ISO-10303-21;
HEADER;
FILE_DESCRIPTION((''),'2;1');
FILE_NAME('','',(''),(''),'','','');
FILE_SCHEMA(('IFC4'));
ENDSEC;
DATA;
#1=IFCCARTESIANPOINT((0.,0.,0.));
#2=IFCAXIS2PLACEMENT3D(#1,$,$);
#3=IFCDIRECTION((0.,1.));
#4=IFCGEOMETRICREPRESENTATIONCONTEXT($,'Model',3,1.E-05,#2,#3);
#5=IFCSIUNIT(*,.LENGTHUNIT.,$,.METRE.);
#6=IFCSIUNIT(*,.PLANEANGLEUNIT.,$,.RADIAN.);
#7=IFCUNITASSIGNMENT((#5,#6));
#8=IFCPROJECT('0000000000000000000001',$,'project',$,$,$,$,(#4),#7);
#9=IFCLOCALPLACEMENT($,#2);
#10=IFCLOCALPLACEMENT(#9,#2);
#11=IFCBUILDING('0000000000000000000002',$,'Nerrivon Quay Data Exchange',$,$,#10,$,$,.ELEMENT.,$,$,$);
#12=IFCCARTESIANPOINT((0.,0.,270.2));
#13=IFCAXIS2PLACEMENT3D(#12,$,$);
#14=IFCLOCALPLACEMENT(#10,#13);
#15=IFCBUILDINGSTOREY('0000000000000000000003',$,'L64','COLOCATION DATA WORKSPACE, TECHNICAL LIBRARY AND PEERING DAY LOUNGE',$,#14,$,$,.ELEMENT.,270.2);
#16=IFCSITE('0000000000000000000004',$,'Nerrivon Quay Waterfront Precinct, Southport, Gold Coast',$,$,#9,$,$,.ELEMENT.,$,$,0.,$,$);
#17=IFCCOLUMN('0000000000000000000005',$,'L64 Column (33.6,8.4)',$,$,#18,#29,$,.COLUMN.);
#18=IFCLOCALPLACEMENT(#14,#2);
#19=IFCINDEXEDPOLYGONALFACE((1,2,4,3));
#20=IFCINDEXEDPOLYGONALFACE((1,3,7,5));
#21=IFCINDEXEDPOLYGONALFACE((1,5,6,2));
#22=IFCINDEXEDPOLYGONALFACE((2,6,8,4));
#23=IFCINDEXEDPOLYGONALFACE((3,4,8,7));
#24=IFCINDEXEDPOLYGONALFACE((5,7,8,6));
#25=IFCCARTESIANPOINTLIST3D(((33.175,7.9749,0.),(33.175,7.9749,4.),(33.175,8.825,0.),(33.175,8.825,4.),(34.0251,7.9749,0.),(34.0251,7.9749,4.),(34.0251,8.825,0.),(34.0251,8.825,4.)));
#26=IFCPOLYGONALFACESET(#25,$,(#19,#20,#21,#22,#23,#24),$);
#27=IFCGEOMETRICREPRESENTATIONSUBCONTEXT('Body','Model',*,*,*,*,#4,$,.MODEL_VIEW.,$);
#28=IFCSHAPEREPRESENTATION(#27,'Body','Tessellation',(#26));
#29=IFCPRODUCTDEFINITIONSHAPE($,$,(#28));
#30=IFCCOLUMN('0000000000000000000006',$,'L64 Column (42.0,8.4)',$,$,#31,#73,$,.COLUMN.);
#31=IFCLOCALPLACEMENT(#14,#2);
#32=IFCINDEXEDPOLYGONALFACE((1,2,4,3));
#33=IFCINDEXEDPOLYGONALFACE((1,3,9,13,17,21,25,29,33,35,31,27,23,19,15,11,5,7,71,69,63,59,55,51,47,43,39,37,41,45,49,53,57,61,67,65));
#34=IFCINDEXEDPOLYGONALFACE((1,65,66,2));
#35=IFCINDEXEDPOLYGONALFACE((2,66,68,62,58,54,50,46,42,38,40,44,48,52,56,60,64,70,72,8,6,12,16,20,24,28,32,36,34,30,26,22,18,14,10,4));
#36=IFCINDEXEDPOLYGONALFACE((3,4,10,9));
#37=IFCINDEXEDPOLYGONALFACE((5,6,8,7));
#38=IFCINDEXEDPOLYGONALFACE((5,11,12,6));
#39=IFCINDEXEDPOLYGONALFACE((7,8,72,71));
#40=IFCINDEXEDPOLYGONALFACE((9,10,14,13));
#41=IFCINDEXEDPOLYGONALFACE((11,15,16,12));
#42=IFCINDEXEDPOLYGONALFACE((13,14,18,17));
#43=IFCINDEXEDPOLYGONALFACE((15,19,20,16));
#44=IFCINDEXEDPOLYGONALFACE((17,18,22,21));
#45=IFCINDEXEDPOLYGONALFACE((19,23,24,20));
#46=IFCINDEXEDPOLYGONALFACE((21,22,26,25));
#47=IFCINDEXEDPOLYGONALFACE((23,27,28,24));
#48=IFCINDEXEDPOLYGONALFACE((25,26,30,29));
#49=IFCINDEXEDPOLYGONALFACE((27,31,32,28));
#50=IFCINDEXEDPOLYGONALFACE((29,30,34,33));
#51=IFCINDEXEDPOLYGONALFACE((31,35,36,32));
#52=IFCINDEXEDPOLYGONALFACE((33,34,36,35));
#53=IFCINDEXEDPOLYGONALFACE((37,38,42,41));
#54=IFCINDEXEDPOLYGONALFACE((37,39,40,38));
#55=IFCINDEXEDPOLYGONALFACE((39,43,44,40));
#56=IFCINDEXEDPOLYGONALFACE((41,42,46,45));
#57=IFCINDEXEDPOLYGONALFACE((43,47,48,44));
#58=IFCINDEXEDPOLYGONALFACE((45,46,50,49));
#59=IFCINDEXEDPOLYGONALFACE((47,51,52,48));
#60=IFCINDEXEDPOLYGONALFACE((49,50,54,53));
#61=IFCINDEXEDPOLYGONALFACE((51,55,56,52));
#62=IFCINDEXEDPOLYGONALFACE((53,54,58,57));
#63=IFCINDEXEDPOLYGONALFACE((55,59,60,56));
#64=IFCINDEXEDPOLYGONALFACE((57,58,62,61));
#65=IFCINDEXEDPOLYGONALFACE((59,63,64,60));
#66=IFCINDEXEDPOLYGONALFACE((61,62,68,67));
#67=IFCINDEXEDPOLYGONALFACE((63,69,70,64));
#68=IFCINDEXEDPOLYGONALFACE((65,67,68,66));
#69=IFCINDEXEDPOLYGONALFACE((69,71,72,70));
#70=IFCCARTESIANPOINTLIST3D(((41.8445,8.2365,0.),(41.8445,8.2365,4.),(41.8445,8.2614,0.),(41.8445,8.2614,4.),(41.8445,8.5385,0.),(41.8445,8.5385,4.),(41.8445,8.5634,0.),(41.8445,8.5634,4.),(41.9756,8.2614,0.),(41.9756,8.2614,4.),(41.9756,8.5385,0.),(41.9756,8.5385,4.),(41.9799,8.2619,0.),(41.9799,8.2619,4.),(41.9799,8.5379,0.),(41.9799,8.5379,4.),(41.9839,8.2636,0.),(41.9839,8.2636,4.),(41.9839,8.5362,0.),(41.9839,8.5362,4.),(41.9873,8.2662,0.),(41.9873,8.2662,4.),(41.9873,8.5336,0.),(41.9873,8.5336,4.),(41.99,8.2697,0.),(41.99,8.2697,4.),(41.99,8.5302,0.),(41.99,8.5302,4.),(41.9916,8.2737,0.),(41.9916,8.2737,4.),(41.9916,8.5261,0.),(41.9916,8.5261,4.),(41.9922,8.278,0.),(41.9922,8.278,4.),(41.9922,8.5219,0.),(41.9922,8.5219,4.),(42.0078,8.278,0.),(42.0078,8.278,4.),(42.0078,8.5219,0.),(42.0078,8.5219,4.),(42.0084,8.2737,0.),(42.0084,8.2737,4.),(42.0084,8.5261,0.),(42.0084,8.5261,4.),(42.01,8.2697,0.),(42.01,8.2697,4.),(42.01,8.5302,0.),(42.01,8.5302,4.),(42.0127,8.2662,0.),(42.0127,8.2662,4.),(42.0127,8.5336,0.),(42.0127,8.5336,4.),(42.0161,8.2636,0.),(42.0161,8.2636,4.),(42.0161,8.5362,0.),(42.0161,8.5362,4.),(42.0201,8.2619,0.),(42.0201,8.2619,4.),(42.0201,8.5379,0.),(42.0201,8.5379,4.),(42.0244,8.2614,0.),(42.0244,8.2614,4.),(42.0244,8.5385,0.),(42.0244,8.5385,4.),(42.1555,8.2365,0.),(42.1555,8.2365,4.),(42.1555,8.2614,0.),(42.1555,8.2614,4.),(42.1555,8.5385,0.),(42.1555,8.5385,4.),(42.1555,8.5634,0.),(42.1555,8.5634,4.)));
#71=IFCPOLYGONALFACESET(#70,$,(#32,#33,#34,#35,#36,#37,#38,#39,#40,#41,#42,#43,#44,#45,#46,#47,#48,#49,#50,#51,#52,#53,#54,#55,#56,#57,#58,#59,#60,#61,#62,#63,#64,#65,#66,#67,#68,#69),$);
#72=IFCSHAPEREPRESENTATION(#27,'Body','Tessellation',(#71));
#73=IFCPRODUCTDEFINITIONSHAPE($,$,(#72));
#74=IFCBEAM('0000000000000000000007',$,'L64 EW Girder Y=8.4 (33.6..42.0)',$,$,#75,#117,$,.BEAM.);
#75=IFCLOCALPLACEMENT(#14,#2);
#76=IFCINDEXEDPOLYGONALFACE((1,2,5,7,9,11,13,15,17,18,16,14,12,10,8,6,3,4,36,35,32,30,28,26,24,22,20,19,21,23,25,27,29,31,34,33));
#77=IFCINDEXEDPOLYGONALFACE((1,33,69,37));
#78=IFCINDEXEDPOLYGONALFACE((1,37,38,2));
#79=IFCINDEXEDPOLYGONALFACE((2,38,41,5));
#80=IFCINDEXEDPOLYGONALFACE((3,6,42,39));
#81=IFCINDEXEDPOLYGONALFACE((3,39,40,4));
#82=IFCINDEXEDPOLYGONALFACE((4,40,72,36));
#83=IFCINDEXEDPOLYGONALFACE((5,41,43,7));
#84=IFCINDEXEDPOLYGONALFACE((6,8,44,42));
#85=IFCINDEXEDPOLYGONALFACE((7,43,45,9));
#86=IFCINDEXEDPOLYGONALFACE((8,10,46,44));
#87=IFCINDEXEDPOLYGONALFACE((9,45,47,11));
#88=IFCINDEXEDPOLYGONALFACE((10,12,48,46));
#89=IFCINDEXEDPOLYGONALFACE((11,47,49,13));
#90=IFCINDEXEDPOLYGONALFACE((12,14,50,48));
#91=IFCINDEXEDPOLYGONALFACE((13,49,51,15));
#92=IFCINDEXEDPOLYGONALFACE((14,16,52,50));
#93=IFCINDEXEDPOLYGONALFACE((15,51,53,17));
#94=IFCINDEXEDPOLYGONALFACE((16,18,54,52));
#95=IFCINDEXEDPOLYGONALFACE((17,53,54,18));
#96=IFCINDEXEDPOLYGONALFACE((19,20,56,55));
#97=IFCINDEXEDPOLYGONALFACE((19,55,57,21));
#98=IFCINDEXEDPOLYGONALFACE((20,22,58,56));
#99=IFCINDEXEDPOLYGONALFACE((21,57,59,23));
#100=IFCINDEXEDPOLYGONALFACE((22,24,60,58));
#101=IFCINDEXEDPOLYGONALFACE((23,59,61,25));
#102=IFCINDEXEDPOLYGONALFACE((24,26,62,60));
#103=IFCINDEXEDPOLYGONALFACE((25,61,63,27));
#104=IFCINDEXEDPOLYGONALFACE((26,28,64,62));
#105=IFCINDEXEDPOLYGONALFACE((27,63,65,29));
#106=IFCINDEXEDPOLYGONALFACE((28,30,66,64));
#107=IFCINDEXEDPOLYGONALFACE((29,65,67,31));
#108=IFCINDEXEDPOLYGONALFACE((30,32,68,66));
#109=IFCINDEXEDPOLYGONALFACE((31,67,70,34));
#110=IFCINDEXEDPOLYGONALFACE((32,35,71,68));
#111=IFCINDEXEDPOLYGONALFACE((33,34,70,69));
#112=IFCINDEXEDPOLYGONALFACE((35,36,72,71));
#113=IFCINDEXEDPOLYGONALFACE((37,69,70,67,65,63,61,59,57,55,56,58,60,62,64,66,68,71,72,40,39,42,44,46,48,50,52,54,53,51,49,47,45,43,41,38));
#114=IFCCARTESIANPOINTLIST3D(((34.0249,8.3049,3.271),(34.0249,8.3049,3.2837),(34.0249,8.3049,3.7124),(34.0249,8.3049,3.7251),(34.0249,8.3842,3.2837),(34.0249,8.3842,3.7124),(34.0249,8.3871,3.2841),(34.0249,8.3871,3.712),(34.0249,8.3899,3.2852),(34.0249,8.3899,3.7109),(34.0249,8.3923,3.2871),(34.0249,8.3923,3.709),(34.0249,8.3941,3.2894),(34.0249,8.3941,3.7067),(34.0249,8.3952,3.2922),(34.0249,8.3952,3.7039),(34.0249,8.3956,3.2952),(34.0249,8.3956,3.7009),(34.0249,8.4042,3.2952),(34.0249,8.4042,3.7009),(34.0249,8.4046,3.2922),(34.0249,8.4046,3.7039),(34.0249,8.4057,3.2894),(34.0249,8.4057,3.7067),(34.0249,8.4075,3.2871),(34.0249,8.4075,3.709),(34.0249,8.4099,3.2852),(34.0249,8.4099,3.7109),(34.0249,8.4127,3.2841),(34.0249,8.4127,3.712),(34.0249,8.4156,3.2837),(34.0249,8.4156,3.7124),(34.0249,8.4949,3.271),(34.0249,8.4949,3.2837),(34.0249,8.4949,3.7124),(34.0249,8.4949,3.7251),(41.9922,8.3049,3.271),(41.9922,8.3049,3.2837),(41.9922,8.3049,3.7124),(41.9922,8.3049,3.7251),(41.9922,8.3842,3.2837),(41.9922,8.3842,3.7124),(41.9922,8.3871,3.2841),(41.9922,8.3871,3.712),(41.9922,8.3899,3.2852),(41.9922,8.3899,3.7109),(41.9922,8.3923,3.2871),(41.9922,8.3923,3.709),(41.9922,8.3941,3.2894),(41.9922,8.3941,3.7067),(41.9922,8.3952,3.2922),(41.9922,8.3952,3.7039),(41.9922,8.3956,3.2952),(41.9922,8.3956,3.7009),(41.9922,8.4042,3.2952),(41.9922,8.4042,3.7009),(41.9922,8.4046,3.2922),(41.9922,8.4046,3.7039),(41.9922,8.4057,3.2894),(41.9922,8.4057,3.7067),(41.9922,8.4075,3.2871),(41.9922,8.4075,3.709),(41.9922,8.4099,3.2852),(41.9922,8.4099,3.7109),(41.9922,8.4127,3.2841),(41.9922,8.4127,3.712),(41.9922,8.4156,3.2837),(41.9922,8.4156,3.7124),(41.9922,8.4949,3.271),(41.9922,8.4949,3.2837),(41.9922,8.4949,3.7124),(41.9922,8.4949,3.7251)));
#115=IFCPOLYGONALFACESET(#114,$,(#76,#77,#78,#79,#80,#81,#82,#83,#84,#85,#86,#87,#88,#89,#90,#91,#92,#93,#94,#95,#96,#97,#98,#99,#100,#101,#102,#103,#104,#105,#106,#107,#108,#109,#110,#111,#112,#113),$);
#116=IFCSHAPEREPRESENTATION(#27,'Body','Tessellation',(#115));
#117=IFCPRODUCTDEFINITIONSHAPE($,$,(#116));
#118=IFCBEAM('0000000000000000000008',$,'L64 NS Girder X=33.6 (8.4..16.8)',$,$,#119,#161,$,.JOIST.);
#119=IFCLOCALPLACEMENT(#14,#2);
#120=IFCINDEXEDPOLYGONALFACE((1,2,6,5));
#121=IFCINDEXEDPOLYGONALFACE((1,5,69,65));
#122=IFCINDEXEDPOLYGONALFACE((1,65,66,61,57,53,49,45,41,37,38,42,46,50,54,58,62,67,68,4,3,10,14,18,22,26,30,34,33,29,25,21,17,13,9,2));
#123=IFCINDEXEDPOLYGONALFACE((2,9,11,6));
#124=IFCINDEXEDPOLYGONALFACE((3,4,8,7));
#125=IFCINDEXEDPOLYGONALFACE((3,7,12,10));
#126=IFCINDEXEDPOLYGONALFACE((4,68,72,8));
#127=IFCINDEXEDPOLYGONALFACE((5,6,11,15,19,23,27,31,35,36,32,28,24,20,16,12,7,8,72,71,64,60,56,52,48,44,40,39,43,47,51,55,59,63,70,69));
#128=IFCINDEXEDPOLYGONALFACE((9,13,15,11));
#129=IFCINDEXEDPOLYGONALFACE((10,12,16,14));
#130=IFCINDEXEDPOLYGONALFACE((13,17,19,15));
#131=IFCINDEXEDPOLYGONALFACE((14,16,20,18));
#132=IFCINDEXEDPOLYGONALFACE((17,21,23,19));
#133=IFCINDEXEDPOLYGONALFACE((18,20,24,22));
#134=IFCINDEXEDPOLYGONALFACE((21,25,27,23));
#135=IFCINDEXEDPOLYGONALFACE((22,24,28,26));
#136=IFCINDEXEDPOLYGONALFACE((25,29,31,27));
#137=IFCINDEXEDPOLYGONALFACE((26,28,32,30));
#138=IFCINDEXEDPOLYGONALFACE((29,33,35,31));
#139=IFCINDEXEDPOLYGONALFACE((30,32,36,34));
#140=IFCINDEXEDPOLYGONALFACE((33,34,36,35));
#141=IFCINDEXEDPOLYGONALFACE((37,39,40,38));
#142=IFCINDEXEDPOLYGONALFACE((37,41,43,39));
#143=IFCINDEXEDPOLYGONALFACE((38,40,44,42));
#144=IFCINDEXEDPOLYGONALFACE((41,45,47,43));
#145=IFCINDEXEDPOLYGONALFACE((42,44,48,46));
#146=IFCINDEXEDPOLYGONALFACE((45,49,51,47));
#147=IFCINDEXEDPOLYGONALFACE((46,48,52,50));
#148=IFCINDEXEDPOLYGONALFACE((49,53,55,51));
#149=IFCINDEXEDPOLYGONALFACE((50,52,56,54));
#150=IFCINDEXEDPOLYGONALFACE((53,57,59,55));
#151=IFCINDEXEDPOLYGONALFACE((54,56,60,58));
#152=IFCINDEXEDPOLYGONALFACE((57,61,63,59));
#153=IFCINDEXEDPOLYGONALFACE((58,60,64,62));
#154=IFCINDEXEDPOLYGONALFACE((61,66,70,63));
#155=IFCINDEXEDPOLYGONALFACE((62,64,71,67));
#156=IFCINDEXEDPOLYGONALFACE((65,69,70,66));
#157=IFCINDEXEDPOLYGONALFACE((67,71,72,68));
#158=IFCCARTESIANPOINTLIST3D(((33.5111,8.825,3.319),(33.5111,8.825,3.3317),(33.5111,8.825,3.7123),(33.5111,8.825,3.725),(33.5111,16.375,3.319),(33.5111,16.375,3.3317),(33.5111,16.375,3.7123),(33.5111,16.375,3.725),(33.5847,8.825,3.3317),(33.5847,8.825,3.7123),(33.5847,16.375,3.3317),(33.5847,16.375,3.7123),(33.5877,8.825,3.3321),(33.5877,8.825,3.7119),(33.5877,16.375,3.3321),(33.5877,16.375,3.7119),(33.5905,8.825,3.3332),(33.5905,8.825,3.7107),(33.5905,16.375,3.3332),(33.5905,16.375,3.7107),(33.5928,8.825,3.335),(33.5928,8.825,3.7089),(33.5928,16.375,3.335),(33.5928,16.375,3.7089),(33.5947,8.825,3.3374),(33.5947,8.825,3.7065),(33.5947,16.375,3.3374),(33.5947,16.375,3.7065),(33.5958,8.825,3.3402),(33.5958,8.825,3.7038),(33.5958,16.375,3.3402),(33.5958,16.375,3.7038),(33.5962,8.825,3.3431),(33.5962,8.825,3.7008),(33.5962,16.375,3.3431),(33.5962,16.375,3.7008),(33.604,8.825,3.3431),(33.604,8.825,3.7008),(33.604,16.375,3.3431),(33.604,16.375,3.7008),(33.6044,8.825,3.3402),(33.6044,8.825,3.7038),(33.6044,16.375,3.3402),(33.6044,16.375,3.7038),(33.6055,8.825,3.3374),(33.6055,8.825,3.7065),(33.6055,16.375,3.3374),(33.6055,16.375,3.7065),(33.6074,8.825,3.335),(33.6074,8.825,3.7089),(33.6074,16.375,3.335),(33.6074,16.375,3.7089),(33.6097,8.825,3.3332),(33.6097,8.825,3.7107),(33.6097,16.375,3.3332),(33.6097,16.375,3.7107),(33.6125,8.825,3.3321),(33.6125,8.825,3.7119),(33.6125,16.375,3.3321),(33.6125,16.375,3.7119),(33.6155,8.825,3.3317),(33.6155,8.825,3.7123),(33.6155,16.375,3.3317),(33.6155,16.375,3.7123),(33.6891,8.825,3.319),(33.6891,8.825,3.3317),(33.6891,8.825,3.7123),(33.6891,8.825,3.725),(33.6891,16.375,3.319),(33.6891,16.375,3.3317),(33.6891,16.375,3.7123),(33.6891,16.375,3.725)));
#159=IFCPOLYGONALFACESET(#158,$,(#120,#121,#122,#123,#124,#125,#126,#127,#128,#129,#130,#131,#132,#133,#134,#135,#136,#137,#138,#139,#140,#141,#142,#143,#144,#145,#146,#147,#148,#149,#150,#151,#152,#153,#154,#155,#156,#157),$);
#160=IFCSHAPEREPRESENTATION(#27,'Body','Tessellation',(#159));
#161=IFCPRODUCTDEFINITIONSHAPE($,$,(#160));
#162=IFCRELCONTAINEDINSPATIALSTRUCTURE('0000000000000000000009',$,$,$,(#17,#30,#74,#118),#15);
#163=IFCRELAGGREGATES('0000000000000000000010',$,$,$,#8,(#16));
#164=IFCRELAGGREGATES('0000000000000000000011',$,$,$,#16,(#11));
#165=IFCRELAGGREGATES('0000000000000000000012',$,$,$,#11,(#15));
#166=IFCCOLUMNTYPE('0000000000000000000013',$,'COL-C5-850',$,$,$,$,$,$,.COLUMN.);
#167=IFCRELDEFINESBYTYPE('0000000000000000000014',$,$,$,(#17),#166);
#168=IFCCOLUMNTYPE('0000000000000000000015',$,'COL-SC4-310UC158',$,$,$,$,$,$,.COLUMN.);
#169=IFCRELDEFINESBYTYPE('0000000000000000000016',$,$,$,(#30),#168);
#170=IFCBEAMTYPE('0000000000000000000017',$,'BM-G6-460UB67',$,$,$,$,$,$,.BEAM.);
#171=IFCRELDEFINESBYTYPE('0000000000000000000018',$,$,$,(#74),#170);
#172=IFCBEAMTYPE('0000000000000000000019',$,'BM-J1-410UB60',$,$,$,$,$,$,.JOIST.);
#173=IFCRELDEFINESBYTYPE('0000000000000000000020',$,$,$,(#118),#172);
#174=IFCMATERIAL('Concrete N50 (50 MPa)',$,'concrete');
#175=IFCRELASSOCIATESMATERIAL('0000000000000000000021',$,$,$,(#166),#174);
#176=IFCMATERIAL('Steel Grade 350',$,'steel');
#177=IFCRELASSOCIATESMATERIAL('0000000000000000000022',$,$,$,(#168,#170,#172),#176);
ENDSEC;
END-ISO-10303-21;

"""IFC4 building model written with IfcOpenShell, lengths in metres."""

from ifc_helpers import new_model, si_unit, direction, frame, origin, origin_2d, place, context, subcontext, project, spatial, rectangle, i_section, extrude, material, material_profile, profile_set, type_object, element, save


model = new_model("IFC4")

# Units and contexts
model_context = context("Model", 3, precision=1e-05, world=origin(), true_north=direction((0.0, 1.0)))
body_context = subcontext(model_context, "Body", "Model", "MODEL_VIEW")
ifc_project = project(units=[si_unit("LENGTHUNIT", "METRE"), si_unit("PLANEANGLEUNIT", "RADIAN")], contexts=[model_context])

# Site, building, storey
site_placement = place(None, origin())
site = spatial("IfcSite", under=ifc_project, at=site_placement, Name="Nerrivon Quay Waterfront Precinct, Southport, Gold Coast", CompositionType="ELEMENT", RefElevation=0.0)
building_placement = place(site_placement, origin())
building = spatial("IfcBuilding", under=site, at=building_placement, Name="Nerrivon Quay Data Exchange", CompositionType="ELEMENT")
storey_placement = place(building_placement, frame((0.0, 0.0, 270.2)))
storey = spatial("IfcBuildingStorey", under=building, at=storey_placement, Name="L64", Description="COLOCATION DATA WORKSPACE, TECHNICAL LIBRARY AND PEERING DAY LOUNGE", CompositionType="ELEMENT", Elevation=270.2)

# Columns
ifc_material_1 = material(Name="Concrete N50 (50 MPa)", Category="concrete")
ifc_material_profile_1 = material_profile(ifc_material_1, rectangle(XDim=0.8501, YDim=0.8501, at=origin_2d()), Name="RC-COL-850x850")
ifc_profile_set_1 = profile_set([ifc_material_profile_1], Name="Concrete N50 (50 MPa)")
column_type_1 = type_object("IfcColumnType", Name="COL-C5-850", PredefinedType="COLUMN", material=ifc_profile_set_1)
column_1_placement = place(storey_placement, frame((33.6001, 8.3999, 0.0), z_axis=(0.0, 0.0, 1.0), x_axis=(1.0, 0.0, 0.0)))
element("IfcColumn", 1, at=column_1_placement, inside=storey, type_object=column_type_1, Name="L64 Column (33.6,8.4)", PredefinedType="COLUMN", context=body_context, shape_type="SweptSolid", body=[
    extrude(rectangle(XDim=0.8501, YDim=0.8501, at=origin_2d()), origin(), (0.0, 0.0, 1.0), 4.0),
])
ifc_material_2 = material(Name="Steel Grade 350", Category="steel")
ifc_material_profile_2 = material_profile(ifc_material_2, i_section(OverallWidth=0.311, OverallDepth=0.3269, WebThickness=0.0156, FlangeThickness=0.0249, FilletRadius=0.0166, at=origin_2d()), Name="310UC158")
ifc_profile_set_2 = profile_set([ifc_material_profile_2], Name="Steel Grade 350")
column_type_2 = type_object("IfcColumnType", Name="COL-SC4-310UC158", PredefinedType="COLUMN", material=ifc_profile_set_2)
column_2_placement = place(storey_placement, frame((42.0, 8.3999, 0.0), z_axis=(0.0, 0.0, 1.0), x_axis=(1.0, 0.0, 0.0)))
element("IfcColumn", 2, at=column_2_placement, inside=storey, type_object=column_type_2, Name="L64 Column (42.0,8.4)", PredefinedType="COLUMN", context=body_context, shape_type="SweptSolid", body=[
    extrude(i_section(OverallWidth=0.311, OverallDepth=0.3269, WebThickness=0.0156, FlangeThickness=0.0249, FilletRadius=0.0166, at=origin_2d()), origin(), (0.0, 0.0, 1.0), 4.0),
])

# Beams
ifc_material_profile_3 = material_profile(ifc_material_2, i_section(OverallWidth=0.1899, OverallDepth=0.4541, WebThickness=0.0085, FlangeThickness=0.0127, FilletRadius=0.0115, at=origin_2d()), Name="460UB67.1")
ifc_profile_set_3 = profile_set([ifc_material_profile_3], Name="Steel Grade 350")
beam_type_1 = type_object("IfcBeamType", Name="BM-G6-460UB67", PredefinedType="BEAM", material=ifc_profile_set_3)
beam_1_placement = place(storey_placement, frame((34.0249, 8.3999, 3.498), z_axis=(1.0, 0.0, 0.0), x_axis=(0.0, 1.0, 0.0)))
element("IfcBeam", 3, at=beam_1_placement, inside=storey, type_object=beam_type_1, Name="L64 EW Girder Y=8.4 (33.6..42.0)", PredefinedType="BEAM", context=body_context, shape_type="SweptSolid", body=[
    extrude(i_section(OverallWidth=0.1899, OverallDepth=0.4541, WebThickness=0.0085, FlangeThickness=0.0127, FilletRadius=0.0115, at=origin_2d()), origin(), (0.0, 0.0, 1.0), 7.9673),
])
ifc_material_profile_4 = material_profile(ifc_material_2, i_section(OverallWidth=0.178, OverallDepth=0.406, WebThickness=0.0078, FlangeThickness=0.0127, FilletRadius=0.0115, at=origin_2d()), Name="410UB59.7")
ifc_profile_set_4 = profile_set([ifc_material_profile_4], Name="Steel Grade 350")
beam_type_2 = type_object("IfcBeamType", Name="BM-J1-410UB60", PredefinedType="JOIST", material=ifc_profile_set_4)
beam_2_placement = place(storey_placement, frame((33.6001, 8.825, 3.522), z_axis=(0.0, 1.0, 0.0), x_axis=(-1.0, 0.0, 0.0)))
element("IfcBeam", 4, at=beam_2_placement, inside=storey, type_object=beam_type_2, Name="L64 NS Girder X=33.6 (8.4..16.8)", PredefinedType="JOIST", context=body_context, shape_type="SweptSolid", body=[
    extrude(i_section(OverallWidth=0.178, OverallDepth=0.406, WebThickness=0.0078, FlangeThickness=0.0127, FilletRadius=0.0115, at=origin_2d()), origin(), (0.0, 0.0, 1.0), 7.55),
])

save(model, "model.ifc")
